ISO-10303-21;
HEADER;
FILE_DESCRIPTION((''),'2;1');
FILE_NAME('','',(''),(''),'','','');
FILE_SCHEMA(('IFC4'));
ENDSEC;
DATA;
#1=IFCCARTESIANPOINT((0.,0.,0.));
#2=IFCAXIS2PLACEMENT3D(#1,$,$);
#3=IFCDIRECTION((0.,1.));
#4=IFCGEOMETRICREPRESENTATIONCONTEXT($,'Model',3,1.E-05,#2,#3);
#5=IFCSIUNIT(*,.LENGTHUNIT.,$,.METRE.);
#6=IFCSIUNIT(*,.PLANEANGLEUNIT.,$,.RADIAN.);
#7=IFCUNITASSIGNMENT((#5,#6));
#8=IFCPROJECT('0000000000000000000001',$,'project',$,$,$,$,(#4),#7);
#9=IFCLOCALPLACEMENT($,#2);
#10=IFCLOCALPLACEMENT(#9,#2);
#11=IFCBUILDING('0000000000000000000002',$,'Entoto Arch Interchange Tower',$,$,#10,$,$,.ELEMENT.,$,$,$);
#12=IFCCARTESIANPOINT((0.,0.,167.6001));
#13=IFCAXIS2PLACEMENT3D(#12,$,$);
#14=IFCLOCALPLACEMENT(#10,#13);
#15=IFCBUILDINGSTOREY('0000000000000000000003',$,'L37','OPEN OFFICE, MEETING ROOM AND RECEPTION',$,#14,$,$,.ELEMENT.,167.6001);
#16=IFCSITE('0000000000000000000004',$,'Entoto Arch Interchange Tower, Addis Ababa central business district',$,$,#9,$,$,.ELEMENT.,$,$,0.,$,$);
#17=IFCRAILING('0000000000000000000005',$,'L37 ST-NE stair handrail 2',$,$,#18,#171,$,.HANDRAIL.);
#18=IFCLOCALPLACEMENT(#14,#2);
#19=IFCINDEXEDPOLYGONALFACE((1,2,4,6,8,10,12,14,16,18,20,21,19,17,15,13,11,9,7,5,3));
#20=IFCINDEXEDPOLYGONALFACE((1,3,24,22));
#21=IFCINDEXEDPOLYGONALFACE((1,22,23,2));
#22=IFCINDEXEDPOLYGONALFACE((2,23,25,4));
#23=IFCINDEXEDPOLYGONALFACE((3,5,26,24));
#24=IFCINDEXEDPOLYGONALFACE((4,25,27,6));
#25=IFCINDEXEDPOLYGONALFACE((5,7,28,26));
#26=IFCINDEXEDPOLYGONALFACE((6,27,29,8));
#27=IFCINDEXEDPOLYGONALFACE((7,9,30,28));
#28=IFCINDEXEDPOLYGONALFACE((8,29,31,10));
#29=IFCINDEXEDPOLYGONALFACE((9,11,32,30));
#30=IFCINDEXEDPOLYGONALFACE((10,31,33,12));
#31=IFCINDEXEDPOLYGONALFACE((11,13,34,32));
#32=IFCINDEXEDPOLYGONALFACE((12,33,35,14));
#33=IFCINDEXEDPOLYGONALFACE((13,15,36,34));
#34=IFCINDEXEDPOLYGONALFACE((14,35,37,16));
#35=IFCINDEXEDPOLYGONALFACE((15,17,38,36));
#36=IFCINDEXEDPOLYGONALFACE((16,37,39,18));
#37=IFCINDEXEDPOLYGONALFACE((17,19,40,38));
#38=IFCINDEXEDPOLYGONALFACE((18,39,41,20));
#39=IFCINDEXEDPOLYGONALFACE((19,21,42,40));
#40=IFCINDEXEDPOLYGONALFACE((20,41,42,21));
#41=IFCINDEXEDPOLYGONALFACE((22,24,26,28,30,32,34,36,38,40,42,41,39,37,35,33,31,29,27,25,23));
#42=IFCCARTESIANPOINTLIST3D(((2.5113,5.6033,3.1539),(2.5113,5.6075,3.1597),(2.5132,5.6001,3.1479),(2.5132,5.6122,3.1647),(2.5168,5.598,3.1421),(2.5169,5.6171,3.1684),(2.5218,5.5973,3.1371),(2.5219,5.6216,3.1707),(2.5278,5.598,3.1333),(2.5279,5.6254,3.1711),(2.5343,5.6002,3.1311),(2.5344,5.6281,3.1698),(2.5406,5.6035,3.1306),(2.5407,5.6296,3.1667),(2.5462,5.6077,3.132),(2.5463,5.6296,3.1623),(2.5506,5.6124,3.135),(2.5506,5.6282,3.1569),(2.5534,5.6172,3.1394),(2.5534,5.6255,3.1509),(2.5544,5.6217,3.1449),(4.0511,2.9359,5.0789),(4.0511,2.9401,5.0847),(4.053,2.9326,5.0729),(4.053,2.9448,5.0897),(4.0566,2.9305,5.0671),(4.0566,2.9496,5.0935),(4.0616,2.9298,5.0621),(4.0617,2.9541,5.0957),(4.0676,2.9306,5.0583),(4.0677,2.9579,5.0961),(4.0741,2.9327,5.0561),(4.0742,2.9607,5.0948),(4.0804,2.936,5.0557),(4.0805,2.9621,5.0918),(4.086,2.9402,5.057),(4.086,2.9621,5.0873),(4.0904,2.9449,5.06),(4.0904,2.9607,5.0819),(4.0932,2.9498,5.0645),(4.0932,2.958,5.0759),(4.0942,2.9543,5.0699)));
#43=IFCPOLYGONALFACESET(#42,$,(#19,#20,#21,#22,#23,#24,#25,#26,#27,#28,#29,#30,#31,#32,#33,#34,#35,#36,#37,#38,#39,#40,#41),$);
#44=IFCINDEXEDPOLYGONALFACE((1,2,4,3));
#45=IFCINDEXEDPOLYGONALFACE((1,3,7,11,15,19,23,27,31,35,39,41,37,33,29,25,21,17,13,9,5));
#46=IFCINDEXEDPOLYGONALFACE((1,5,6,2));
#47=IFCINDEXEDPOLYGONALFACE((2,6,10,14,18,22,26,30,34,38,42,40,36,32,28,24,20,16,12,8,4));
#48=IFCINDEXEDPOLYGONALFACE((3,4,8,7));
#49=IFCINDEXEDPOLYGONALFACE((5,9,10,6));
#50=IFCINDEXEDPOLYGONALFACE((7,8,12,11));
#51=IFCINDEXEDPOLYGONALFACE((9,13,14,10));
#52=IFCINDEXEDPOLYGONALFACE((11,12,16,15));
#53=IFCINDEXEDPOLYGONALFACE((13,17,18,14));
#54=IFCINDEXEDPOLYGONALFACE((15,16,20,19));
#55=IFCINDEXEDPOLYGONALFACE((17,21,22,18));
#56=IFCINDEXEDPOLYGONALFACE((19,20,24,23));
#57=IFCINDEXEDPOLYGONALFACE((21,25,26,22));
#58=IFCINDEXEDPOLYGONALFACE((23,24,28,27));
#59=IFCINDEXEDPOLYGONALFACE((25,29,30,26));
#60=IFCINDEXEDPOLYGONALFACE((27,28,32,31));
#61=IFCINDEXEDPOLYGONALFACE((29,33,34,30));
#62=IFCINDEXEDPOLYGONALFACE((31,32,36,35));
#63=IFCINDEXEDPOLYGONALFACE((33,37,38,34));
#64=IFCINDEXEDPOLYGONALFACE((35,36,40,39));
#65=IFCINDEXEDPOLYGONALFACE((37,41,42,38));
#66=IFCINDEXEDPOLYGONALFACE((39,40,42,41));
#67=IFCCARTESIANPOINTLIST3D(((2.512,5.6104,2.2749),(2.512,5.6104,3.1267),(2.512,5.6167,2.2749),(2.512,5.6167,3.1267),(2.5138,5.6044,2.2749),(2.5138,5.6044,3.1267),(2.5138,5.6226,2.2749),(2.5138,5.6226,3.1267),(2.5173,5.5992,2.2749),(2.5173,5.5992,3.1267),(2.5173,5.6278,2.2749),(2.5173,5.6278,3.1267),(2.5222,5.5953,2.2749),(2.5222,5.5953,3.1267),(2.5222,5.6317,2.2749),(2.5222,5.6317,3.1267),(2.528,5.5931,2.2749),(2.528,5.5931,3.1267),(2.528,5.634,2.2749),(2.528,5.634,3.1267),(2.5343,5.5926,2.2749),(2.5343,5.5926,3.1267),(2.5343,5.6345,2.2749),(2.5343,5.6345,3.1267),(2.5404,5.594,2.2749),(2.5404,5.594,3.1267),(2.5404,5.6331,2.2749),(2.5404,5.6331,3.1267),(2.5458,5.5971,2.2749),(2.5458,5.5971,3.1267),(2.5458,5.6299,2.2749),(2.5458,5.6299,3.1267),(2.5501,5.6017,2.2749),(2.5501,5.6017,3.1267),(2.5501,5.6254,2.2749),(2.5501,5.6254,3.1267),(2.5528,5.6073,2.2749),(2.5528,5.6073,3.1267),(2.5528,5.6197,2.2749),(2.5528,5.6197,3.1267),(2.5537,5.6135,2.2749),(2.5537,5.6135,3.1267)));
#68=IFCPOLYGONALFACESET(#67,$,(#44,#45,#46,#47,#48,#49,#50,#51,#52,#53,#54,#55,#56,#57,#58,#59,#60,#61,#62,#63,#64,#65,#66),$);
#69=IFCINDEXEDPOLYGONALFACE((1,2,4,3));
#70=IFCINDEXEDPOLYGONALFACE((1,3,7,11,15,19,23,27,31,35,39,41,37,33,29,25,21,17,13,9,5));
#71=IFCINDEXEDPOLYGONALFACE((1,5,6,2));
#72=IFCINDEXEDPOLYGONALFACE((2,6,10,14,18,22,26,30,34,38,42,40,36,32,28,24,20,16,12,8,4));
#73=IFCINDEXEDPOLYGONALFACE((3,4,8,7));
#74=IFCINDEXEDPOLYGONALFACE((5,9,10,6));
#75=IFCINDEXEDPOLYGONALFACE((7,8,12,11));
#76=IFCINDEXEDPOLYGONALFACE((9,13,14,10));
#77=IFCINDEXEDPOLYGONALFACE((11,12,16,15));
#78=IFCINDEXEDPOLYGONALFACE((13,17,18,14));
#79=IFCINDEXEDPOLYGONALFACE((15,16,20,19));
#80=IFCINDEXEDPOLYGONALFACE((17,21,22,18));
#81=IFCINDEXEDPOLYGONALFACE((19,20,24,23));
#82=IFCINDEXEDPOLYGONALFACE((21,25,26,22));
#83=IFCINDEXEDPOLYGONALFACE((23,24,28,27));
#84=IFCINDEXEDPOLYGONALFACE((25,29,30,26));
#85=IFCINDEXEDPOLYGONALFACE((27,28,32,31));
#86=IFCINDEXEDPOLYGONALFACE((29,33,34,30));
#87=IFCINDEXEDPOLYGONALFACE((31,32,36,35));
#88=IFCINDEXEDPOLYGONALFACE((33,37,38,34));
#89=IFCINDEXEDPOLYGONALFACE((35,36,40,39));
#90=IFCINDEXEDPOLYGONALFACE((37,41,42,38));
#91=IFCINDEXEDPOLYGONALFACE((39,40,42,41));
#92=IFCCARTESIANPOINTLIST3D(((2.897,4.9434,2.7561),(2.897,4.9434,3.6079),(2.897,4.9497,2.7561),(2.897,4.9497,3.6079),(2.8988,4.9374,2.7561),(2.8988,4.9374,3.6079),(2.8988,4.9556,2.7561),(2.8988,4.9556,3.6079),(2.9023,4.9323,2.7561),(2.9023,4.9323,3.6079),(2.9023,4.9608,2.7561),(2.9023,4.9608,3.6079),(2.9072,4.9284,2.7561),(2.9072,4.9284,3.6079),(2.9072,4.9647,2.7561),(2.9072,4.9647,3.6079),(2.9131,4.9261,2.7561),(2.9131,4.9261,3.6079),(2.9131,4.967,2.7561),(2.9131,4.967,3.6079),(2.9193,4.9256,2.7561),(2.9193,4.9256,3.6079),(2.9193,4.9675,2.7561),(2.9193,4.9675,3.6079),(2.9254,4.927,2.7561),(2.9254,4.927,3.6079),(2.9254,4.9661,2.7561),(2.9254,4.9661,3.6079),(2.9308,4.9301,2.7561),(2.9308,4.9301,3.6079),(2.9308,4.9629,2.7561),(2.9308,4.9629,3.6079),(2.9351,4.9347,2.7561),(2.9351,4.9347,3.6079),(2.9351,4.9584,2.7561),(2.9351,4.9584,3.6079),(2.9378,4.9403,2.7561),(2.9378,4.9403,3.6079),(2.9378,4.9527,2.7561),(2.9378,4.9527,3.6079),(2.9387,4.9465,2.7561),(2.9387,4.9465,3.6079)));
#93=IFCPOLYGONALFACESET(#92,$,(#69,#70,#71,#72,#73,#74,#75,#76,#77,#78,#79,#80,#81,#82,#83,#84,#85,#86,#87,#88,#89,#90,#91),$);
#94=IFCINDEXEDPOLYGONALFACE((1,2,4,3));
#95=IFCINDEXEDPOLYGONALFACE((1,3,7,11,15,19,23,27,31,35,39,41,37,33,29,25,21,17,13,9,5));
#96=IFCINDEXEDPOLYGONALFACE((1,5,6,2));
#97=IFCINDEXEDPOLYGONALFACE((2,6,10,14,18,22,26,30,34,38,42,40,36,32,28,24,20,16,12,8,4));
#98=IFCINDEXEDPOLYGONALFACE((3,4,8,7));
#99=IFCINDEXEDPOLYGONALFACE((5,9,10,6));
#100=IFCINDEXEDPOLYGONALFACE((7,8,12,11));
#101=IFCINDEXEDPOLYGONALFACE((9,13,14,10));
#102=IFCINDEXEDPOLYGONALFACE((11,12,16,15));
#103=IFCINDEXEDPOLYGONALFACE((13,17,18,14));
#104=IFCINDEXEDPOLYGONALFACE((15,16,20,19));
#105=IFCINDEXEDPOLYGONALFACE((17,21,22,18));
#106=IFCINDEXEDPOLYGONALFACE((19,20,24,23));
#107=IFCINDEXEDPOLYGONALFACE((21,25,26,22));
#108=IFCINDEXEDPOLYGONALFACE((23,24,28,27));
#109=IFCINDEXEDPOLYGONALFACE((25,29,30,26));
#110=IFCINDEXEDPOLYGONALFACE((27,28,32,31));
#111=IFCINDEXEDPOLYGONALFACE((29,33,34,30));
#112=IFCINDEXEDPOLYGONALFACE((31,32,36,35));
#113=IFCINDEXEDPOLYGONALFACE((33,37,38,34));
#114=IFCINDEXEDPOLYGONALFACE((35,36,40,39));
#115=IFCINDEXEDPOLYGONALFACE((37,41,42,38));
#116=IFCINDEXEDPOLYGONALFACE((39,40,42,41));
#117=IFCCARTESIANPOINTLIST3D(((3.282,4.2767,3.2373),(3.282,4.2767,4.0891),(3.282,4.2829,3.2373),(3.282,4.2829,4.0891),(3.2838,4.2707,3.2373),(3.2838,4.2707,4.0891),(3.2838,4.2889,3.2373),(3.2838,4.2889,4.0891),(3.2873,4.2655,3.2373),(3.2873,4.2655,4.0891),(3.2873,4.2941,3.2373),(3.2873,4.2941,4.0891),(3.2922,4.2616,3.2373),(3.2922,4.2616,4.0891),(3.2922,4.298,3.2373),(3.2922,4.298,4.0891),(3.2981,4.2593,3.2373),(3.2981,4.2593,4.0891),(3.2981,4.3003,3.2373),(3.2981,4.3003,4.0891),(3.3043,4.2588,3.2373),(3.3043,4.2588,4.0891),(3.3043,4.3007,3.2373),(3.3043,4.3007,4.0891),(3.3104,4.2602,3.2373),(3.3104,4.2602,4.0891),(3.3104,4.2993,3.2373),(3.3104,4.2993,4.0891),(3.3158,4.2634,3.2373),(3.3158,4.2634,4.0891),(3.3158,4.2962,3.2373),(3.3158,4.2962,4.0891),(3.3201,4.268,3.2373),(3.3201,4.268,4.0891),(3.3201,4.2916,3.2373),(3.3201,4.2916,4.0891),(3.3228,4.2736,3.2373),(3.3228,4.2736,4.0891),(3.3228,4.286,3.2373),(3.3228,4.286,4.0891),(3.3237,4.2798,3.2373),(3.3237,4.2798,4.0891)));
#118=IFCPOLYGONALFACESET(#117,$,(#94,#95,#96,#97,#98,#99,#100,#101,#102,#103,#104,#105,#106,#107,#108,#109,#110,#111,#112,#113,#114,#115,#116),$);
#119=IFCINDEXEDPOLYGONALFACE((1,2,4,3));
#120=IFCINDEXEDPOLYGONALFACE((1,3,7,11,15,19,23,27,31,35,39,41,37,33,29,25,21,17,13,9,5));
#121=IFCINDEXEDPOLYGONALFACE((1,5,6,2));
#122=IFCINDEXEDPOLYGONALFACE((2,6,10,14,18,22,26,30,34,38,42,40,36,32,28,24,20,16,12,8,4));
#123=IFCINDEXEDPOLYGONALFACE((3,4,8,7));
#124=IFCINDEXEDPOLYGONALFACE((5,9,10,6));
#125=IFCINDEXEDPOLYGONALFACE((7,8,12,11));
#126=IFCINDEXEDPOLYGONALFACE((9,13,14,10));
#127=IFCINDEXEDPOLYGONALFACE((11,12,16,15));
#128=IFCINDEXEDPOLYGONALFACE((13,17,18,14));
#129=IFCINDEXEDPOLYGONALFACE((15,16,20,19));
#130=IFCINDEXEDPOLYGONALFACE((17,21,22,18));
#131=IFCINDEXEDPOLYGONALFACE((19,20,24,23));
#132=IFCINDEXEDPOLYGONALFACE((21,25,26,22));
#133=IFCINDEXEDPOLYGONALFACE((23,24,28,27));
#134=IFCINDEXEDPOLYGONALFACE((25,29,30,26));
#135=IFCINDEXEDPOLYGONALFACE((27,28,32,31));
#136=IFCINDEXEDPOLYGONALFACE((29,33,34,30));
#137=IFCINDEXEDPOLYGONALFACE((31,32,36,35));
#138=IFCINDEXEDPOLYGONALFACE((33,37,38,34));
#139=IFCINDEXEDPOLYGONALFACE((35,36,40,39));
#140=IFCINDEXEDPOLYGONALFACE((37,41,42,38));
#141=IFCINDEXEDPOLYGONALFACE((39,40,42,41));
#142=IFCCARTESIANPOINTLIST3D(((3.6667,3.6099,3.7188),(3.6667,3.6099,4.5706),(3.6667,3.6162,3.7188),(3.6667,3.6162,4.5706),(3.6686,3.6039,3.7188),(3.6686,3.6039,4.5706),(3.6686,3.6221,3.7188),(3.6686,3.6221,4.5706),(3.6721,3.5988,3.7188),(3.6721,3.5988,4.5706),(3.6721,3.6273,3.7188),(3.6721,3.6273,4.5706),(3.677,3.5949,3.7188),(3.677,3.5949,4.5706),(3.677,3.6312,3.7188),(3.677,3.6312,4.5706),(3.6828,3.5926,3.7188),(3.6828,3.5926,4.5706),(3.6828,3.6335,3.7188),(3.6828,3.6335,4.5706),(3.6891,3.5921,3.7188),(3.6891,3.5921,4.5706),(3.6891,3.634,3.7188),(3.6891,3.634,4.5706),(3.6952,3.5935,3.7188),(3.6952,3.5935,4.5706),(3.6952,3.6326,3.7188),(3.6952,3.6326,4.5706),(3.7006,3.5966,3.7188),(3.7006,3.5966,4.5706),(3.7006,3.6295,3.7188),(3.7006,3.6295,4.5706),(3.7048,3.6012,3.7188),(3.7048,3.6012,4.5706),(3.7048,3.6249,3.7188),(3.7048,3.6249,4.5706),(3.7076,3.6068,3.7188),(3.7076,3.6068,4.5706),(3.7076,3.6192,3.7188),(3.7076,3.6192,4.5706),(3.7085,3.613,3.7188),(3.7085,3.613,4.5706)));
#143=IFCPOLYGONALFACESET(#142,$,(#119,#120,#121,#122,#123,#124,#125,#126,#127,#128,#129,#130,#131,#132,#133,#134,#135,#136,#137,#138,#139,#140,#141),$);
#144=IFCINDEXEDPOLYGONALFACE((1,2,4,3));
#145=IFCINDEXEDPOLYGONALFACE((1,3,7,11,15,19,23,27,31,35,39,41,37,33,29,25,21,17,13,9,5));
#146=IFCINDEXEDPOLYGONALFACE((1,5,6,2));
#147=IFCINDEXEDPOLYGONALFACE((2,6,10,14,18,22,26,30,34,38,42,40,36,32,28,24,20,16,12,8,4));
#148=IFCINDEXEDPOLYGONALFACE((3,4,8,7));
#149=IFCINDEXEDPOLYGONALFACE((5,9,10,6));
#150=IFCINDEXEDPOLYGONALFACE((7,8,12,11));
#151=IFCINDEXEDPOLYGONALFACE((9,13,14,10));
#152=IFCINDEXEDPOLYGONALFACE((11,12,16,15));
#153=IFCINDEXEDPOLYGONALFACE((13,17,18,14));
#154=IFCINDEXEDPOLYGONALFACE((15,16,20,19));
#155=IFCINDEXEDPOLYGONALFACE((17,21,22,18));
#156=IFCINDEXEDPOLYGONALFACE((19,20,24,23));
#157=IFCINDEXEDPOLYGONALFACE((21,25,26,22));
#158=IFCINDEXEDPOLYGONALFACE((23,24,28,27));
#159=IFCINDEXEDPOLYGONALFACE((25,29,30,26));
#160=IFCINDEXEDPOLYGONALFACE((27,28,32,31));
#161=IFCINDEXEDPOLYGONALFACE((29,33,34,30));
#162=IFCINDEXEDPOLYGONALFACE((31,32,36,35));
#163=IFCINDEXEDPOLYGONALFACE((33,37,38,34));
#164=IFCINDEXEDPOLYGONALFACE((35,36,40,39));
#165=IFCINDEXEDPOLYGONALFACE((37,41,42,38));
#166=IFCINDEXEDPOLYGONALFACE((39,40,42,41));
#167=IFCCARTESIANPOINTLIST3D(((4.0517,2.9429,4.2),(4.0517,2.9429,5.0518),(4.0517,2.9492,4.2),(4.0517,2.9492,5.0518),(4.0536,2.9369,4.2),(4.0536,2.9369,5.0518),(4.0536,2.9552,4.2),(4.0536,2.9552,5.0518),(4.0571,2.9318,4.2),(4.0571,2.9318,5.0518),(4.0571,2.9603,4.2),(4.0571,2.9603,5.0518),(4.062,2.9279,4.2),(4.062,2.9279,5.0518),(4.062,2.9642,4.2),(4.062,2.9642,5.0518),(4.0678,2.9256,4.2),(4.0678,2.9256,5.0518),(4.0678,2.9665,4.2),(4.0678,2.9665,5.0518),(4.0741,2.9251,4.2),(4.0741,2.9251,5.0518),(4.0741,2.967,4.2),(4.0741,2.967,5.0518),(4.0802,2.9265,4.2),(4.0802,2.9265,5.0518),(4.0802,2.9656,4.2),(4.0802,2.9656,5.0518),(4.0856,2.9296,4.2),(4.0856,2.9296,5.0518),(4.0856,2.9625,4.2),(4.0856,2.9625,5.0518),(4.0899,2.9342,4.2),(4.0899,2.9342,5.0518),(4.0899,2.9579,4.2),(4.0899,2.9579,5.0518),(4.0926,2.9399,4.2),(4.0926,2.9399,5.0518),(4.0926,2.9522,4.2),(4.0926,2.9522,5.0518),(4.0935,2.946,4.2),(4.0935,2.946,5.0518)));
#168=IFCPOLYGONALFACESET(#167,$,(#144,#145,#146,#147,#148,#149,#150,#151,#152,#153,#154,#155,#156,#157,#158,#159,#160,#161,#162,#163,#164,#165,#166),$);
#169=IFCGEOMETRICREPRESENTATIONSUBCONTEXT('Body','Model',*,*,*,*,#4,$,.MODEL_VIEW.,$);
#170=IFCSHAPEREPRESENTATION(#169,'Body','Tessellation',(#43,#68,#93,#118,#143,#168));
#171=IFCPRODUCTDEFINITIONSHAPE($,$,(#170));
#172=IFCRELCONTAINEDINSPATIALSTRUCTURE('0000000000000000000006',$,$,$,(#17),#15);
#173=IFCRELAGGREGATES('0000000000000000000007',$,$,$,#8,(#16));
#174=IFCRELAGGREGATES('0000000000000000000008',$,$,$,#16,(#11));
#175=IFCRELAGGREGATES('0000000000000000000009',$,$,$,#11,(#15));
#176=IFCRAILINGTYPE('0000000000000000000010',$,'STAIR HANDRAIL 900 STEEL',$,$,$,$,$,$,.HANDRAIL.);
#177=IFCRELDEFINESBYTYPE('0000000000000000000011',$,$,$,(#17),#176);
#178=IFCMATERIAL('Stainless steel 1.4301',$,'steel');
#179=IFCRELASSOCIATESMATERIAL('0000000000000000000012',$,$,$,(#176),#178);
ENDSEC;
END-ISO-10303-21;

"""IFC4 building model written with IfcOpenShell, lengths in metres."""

from ifc_helpers import new_model, si_unit, direction, frame, origin, origin_2d, place, context, subcontext, project, spatial, circle, extrude, material, type_object, element, save


model = new_model("IFC4")

# Units and contexts
model_context = context("Model", 3, precision=1e-05, world=origin(), true_north=direction((0.0, 1.0)))
body_context = subcontext(model_context, "Body", "Model", "MODEL_VIEW")
ifc_project = project(units=[si_unit("LENGTHUNIT", "METRE"), si_unit("PLANEANGLEUNIT", "RADIAN")], contexts=[model_context])

# Site, building, storey
site_placement = place(None, origin())
site = spatial("IfcSite", under=ifc_project, at=site_placement, Name="Entoto Arch Interchange Tower, Addis Ababa central business district", CompositionType="ELEMENT", RefElevation=0.0)
building_placement = place(site_placement, origin())
building = spatial("IfcBuilding", under=site, at=building_placement, Name="Entoto Arch Interchange Tower", CompositionType="ELEMENT")
storey_placement = place(building_placement, frame((0.0, 0.0, 167.6001)))
storey = spatial("IfcBuildingStorey", under=building, at=storey_placement, Name="L37", Description="OPEN OFFICE, MEETING ROOM AND RECEPTION", CompositionType="ELEMENT", Elevation=167.6001)

# Railing
ifc_material_1 = material(Name="Stainless steel 1.4301", Category="steel")
railing_type = type_object("IfcRailingType", Name="STAIR HANDRAIL 900 STEEL", PredefinedType="HANDRAIL", material=ifc_material_1)
railing_placement = place(storey_placement, frame((2.5327, 5.6135, 2.2749)))
element("IfcRailing", 1, at=railing_placement, inside=storey, type_object=railing_type, Name="L37 ST-NE stair handrail 2", PredefinedType="HANDRAIL", context=body_context, shape_type="SweptSolid", body=[
    extrude(circle(Radius=0.0239, at=origin_2d()), frame((0.0, 0.0, 0.876), z_axis=(0.423939, -0.734416, 0.530008), x_axis=(0.866064, 0.499933, 0.0)), (0.0, 0.0, 1.0), 3.6321),
    extrude(circle(Radius=0.021, at=origin_2d()), origin(), (0.0, 0.0, 1.0), 0.8518),
    extrude(circle(Radius=0.021, at=origin_2d()), frame((0.385, -0.667, 0.4812)), (0.0, 0.0, 1.0), 0.8518),
    extrude(circle(Radius=0.021, at=origin_2d()), frame((0.77, -1.3337, 0.9624)), (0.0, 0.0, 1.0), 0.8518),
    extrude(circle(Radius=0.021, at=origin_2d()), frame((1.1548, -2.0005, 1.4438)), (0.0, 0.0, 1.0), 0.8518),
    extrude(circle(Radius=0.021, at=origin_2d()), frame((1.5398, -2.6675, 1.925)), (0.0, 0.0, 1.0), 0.8518),
])

save(model, "model.ifc")
